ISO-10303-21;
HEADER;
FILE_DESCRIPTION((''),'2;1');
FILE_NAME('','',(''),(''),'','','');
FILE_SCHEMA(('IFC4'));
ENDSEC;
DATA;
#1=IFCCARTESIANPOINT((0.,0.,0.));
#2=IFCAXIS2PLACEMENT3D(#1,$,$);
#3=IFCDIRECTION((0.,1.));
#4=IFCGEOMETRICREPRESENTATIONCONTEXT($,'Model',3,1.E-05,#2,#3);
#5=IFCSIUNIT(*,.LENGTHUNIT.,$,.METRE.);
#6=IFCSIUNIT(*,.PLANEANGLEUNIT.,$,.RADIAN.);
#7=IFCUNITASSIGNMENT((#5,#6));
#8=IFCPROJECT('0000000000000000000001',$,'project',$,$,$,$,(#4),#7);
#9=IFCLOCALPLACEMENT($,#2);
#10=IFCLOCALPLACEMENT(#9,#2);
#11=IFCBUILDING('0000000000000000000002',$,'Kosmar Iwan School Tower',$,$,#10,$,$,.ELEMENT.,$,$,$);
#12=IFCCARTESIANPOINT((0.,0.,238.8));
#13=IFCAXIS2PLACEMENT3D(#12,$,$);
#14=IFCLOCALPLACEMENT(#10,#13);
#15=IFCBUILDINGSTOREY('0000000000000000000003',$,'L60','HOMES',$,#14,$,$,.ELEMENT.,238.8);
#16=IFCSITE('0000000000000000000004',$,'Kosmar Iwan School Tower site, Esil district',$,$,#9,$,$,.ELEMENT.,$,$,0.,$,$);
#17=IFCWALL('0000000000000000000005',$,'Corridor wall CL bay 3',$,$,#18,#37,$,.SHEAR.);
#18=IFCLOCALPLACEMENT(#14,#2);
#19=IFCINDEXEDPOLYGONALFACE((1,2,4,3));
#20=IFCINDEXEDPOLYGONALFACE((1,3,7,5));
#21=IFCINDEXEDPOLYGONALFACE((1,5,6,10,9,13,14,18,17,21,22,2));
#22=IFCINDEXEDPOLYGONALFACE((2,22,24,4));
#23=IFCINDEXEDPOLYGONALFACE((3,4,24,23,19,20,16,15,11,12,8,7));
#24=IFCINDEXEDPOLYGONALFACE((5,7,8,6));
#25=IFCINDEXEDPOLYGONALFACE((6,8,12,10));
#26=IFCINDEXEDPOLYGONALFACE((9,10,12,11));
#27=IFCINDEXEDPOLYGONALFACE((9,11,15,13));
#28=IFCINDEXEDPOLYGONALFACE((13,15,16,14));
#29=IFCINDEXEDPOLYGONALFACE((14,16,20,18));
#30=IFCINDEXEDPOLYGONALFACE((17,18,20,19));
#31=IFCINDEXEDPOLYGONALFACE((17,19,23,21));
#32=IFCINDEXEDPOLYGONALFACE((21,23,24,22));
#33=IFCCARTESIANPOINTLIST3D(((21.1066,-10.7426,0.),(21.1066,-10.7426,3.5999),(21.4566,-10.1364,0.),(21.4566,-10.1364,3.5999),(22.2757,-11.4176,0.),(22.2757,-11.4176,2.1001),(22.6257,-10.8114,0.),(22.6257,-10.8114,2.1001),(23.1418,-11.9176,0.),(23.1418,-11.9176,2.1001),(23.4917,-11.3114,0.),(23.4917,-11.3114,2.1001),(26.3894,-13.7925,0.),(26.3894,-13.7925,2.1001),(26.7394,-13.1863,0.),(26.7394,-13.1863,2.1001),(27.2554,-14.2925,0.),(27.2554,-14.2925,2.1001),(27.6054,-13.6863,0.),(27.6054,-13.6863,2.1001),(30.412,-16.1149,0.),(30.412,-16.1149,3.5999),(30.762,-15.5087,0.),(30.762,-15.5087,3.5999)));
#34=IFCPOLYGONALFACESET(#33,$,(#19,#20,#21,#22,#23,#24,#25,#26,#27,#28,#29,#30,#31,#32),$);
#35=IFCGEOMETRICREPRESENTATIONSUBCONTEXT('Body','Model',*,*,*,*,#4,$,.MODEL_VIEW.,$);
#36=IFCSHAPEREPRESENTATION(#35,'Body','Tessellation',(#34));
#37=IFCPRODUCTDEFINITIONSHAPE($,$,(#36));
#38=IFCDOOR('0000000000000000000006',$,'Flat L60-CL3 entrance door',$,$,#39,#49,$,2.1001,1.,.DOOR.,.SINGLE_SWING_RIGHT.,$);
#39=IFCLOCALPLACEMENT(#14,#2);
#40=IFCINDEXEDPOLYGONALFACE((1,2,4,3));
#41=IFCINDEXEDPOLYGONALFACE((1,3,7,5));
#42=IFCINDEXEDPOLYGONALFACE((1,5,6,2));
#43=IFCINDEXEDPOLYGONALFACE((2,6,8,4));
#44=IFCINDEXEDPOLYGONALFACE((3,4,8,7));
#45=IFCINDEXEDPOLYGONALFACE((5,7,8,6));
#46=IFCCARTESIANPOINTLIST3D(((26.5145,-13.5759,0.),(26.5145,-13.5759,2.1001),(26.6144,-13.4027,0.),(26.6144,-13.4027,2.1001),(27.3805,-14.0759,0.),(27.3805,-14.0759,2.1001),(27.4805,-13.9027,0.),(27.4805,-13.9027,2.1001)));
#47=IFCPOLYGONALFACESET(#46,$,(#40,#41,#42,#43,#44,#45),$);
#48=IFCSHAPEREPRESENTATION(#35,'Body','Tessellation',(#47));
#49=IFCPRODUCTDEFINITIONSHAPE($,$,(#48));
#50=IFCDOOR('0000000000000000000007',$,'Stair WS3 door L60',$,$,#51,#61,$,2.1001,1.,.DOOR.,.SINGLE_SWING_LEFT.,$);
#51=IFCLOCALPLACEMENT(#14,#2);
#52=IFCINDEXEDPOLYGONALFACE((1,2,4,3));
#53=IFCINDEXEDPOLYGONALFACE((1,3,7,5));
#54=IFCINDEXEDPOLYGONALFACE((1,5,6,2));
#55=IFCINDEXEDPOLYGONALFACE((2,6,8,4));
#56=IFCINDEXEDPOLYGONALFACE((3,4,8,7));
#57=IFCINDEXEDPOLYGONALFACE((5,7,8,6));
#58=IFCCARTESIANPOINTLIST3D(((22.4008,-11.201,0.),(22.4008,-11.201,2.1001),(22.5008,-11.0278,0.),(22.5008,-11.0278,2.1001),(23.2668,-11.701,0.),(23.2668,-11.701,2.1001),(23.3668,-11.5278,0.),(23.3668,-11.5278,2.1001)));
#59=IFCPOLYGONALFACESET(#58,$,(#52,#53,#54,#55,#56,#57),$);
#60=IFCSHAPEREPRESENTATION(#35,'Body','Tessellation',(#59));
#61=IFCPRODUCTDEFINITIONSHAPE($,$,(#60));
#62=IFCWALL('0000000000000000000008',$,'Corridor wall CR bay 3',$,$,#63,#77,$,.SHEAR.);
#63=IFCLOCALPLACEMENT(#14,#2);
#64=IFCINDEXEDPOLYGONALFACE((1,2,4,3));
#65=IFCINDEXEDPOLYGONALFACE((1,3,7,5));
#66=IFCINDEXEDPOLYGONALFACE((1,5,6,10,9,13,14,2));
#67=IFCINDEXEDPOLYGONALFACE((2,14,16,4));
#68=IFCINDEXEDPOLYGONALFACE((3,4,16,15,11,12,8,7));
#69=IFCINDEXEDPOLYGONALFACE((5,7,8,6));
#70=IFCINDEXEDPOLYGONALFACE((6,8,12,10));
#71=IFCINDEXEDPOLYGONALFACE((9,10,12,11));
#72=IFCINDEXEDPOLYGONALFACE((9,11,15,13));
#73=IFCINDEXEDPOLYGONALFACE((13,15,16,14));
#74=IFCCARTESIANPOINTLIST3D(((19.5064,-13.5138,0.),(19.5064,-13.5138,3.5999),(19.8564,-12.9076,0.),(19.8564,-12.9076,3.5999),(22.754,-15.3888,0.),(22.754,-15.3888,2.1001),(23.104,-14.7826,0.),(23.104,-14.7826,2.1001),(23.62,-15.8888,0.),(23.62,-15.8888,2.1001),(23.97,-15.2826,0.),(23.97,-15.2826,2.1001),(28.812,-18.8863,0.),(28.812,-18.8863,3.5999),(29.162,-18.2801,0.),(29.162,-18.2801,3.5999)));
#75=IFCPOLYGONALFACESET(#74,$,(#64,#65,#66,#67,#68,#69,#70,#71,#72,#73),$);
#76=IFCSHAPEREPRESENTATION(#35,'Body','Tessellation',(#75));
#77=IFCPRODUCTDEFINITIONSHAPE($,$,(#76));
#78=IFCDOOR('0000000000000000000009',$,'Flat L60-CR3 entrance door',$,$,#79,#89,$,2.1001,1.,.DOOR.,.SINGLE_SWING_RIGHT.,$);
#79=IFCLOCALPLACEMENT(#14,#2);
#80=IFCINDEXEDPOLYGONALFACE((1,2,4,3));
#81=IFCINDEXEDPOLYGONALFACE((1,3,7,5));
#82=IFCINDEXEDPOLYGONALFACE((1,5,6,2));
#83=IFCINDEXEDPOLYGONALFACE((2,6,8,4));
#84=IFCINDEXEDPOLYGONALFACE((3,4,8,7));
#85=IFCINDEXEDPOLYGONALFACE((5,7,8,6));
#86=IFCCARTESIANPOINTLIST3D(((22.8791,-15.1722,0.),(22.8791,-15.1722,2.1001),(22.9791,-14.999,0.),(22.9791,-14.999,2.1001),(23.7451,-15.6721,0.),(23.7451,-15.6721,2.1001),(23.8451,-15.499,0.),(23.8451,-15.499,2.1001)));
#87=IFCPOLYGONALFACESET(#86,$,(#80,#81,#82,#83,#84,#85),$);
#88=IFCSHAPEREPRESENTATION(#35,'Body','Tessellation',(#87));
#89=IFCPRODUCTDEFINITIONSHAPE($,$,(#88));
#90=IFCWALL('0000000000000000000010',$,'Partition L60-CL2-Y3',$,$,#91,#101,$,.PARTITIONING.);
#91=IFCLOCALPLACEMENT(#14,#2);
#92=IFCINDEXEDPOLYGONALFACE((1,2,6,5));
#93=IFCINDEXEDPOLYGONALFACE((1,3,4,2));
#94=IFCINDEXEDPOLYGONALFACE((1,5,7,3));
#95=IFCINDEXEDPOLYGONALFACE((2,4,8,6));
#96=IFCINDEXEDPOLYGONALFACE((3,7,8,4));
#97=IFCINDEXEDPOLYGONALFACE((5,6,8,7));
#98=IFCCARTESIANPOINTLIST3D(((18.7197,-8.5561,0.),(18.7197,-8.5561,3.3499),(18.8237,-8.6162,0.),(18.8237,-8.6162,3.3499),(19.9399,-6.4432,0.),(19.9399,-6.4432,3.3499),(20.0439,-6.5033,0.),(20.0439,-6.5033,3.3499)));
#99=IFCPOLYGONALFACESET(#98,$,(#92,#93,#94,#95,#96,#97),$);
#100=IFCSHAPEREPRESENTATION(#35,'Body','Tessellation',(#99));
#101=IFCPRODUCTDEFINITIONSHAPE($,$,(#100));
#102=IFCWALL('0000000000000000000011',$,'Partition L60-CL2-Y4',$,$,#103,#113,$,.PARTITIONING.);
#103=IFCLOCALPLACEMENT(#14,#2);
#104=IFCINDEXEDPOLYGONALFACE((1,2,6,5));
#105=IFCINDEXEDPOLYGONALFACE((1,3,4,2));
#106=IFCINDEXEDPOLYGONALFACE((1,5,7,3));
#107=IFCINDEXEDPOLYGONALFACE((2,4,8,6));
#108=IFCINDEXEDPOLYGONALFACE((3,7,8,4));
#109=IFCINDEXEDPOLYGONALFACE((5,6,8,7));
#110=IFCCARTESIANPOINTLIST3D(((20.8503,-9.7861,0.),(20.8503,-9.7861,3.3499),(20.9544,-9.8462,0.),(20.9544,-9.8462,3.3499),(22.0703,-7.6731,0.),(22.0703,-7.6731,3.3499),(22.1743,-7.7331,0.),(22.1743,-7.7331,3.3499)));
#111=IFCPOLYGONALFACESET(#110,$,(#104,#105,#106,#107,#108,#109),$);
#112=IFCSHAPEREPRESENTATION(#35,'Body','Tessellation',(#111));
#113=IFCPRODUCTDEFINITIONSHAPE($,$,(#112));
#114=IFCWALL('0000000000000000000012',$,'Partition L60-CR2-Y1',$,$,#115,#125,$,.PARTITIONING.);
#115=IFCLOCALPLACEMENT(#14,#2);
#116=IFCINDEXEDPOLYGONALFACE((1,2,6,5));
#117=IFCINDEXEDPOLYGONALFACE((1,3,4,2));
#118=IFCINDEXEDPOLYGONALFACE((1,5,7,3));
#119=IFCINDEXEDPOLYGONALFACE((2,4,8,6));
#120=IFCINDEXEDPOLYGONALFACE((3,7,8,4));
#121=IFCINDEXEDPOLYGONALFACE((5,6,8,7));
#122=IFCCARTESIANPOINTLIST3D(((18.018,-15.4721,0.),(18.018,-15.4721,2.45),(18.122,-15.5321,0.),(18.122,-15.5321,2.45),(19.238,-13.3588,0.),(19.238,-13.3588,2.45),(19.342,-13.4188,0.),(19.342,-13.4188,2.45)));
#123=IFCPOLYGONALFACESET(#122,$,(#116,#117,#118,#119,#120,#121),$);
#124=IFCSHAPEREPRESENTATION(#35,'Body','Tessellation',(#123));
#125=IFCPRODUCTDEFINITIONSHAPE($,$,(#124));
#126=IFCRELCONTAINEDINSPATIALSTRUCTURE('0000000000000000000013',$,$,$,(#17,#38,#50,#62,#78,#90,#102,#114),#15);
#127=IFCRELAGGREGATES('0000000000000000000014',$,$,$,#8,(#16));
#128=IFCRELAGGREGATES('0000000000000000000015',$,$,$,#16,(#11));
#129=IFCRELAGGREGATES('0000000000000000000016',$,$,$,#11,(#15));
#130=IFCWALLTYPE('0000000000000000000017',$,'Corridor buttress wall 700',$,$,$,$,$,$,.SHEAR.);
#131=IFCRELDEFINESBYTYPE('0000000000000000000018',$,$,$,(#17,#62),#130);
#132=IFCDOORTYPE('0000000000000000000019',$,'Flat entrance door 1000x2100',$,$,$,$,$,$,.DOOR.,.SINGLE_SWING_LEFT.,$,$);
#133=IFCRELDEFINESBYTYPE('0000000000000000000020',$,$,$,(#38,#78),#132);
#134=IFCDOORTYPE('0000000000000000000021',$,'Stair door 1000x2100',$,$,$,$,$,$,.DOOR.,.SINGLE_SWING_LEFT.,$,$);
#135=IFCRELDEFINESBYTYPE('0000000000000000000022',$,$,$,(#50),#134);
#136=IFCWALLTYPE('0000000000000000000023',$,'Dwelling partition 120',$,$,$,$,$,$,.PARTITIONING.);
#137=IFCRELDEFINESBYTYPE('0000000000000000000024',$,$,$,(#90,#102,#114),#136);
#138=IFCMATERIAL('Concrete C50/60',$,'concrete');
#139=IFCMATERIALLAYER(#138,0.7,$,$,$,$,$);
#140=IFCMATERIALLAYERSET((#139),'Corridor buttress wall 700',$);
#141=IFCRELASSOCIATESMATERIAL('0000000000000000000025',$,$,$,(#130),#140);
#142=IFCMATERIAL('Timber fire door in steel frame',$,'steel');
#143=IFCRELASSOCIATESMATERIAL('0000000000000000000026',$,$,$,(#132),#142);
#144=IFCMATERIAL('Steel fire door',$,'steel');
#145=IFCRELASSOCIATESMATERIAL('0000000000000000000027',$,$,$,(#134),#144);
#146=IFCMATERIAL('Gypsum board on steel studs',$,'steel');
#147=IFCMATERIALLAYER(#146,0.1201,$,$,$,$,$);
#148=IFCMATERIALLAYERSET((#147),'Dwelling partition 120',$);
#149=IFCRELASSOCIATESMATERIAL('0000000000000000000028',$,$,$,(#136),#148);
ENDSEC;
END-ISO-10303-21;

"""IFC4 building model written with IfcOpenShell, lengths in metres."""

from ifc_helpers import new_model, si_unit, direction, frame, frame_2d, origin, place, context, subcontext, project, spatial, rectangle, extrude, material, layer, layer_set, type_object, element, fill, save


model = new_model("IFC4")

# Units and contexts
model_context = context("Model", 3, precision=1e-05, world=origin(), true_north=direction((0.0, 1.0)))
body_context = subcontext(model_context, "Body", "Model", "MODEL_VIEW")
ifc_project = project(units=[si_unit("LENGTHUNIT", "METRE"), si_unit("PLANEANGLEUNIT", "RADIAN")], contexts=[model_context])

# Site, building, storey
site_placement = place(None, origin())
site = spatial("IfcSite", under=ifc_project, at=site_placement, Name="Kosmar Iwan School Tower site, Esil district", CompositionType="ELEMENT", RefElevation=0.0)
building_placement = place(site_placement, origin())
building = spatial("IfcBuilding", under=site, at=building_placement, Name="Kosmar Iwan School Tower", CompositionType="ELEMENT")
storey_placement = place(building_placement, frame((0.0, 0.0, 238.8)))
storey = spatial("IfcBuildingStorey", under=building, at=storey_placement, Name="L60", Description="HOMES", CompositionType="ELEMENT", Elevation=238.8)

# Wall, openings, doors
ifc_material_1 = material(Name="Concrete C50/60", Category="concrete")
ifc_layer_1 = layer(ifc_material_1, 0.7)
ifc_layer_set_1 = layer_set([ifc_layer_1], Name="Corridor buttress wall 700")
wall_type_1 = type_object("IfcWallType", Name="Corridor buttress wall 700", PredefinedType="SHEAR", material=ifc_layer_set_1)
wall_1_placement = place(storey_placement, frame((21.2815, -10.4395, 0.0), z_axis=(0.0, 0.0, 1.0), x_axis=(0.866032, -0.499988, 0.0)))
wall_1 = element("IfcWall", 1, at=wall_1_placement, inside=storey, type_object=wall_type_1, Name="Corridor wall CL bay 3", PredefinedType="SHEAR", context=body_context, shape_type="SweptSolid", body=[
    extrude(rectangle(XDim=10.7449, YDim=0.7, at=frame_2d((5.3726, 0.0))), origin(), (0.0, 0.0, 1.0), 3.5999),
])
opening_1_placement = place(wall_1_placement, frame((6.1001, 0.0, 0.0)))
opening_1 = element("IfcOpeningElement", 2, at=opening_1_placement, cuts=wall_1, PredefinedType="OPENING", context=body_context, shape_type="SweptSolid", body=[
    extrude(rectangle(XDim=1.0, YDim=2.1001, at=frame_2d((0.5, 1.05))), frame((0.0, 0.3621, 0.0), z_axis=(0.0, -1.0, 0.0), x_axis=(1.0, 0.0, 0.0)), (0.0, 0.0, 1.0), 0.7239),
])
opening_2_placement = place(wall_1_placement, frame((1.3501, 0.0, 0.0)))
opening_2 = element("IfcOpeningElement", 3, at=opening_2_placement, cuts=wall_1, PredefinedType="OPENING", context=body_context, shape_type="SweptSolid", body=[
    extrude(rectangle(XDim=1.0, YDim=2.1001, at=frame_2d((0.5, 1.05))), frame((0.0, 0.3621, 0.0), z_axis=(0.0, -1.0, 0.0), x_axis=(1.0, 0.0, 0.0)), (0.0, 0.0, 1.0), 0.7239),
])
ifc_material_2 = material(Name="Timber fire door in steel frame", Category="steel")
door_type_1 = type_object("IfcDoorType", Name="Flat entrance door 1000x2100", OperationType="SINGLE_SWING_LEFT", PredefinedType="DOOR", material=ifc_material_2)
door_1_placement = place(opening_1_placement, origin())
door_1 = element("IfcDoor", 4, at=door_1_placement, inside=storey, type_object=door_type_1, Name="Flat L60-CL3 entrance door", OperationType="SINGLE_SWING_RIGHT", OverallHeight=2.1001, OverallWidth=1.0, PredefinedType="DOOR", context=body_context, shape_type="SweptSolid", body=[
    extrude(rectangle(XDim=1.0, YDim=2.1001, at=frame_2d((0.5, 1.05))), frame((0.0, 0.1001, 0.0), z_axis=(0.0, -1.0, 0.0), x_axis=(1.0, 0.0, 0.0)), (0.0, 0.0, 1.0), 0.2),
])
fill(opening_1, door_1)
ifc_material_3 = material(Name="Steel fire door", Category="steel")
door_type_2 = type_object("IfcDoorType", Name="Stair door 1000x2100", OperationType="SINGLE_SWING_LEFT", PredefinedType="DOOR", material=ifc_material_3)
door_2_placement = place(opening_2_placement, origin())
door_2 = element("IfcDoor", 5, at=door_2_placement, inside=storey, type_object=door_type_2, Name="Stair WS3 door L60", OperationType="SINGLE_SWING_LEFT", OverallHeight=2.1001, OverallWidth=1.0, PredefinedType="DOOR", context=body_context, shape_type="SweptSolid", body=[
    extrude(rectangle(XDim=1.0, YDim=2.1001, at=frame_2d((0.5, 1.05))), frame((0.0, 0.1001, 0.0), z_axis=(0.0, -1.0, 0.0), x_axis=(1.0, 0.0, 0.0)), (0.0, 0.0, 1.0), 0.2),
])
fill(opening_2, door_2)

# Wall, opening, door
wall_2_placement = place(storey_placement, frame((19.6814, -13.2107, 0.0), z_axis=(0.0, 0.0, 1.0), x_axis=(0.866028, -0.499995, 0.0)))
wall_2 = element("IfcWall", 6, at=wall_2_placement, inside=storey, type_object=wall_type_1, Name="Corridor wall CR bay 3", PredefinedType="SHEAR", context=body_context, shape_type="SweptSolid", body=[
    extrude(rectangle(XDim=10.7451, YDim=0.7, at=frame_2d((5.3726, 0.0))), origin(), (0.0, 0.0, 1.0), 3.5999),
])
opening_3_placement = place(wall_2_placement, frame((3.75, 0.0, 0.0)))
opening_3 = element("IfcOpeningElement", 7, at=opening_3_placement, cuts=wall_2, PredefinedType="OPENING", context=body_context, shape_type="SweptSolid", body=[
    extrude(rectangle(XDim=1.0, YDim=2.1001, at=frame_2d((0.5, 1.05))), frame((0.0, 0.3621, 0.0), z_axis=(0.0, -1.0, 0.0), x_axis=(1.0, 0.0, 0.0)), (0.0, 0.0, 1.0), 0.7239),
])
door_3_placement = place(opening_3_placement, origin())
door_3 = element("IfcDoor", 8, at=door_3_placement, inside=storey, type_object=door_type_1, Name="Flat L60-CR3 entrance door", OperationType="SINGLE_SWING_RIGHT", OverallHeight=2.1001, OverallWidth=1.0, PredefinedType="DOOR", context=body_context, shape_type="SweptSolid", body=[
    extrude(rectangle(XDim=1.0, YDim=2.1001, at=frame_2d((0.5, 1.05))), frame((0.0, 0.1001, 0.0), z_axis=(0.0, -1.0, 0.0), x_axis=(1.0, 0.0, 0.0)), (0.0, 0.0, 1.0), 0.2),
])
fill(opening_3, door_3)

# Walls
ifc_material_4 = material(Name="Gypsum board on steel studs", Category="steel")
ifc_layer_2 = layer(ifc_material_4, 0.1201)
ifc_layer_set_2 = layer_set([ifc_layer_2], Name="Dwelling partition 120")
wall_type_2 = type_object("IfcWallType", Name="Dwelling partition 120", PredefinedType="PARTITIONING", material=ifc_layer_set_2)
for number, where, z_axis, x_axis, name in (
    (9, (18.7717, -8.5862, 0.0), (0.0, 0.0, 1.0), (0.500078, 0.865981, 0.0), "Partition L60-CL2-Y3"),
    (10, (20.9023, -9.8162, 0.0), (0.0, 0.0, 1.0), (0.500003, 0.866024, 0.0), "Partition L60-CL2-Y4"),
):
    element("IfcWall", number, at=place(storey_placement, frame(where, z_axis=z_axis, x_axis=x_axis)), inside=storey, type_object=wall_type_2, Name=name, PredefinedType="PARTITIONING", context=body_context, shape_type="SweptSolid", body=[
        extrude(rectangle(XDim=2.4399, YDim=0.1201, at=frame_2d((1.22, 0.0))), origin(), (0.0, 0.0, 1.0), 3.3499),
    ])
wall_3_placement = place(storey_placement, frame((19.29, -13.3887, 0.0), z_axis=(0.0, 0.0, 1.0), x_axis=(-0.499959, -0.866049, 0.0)))
element("IfcWall", 11, at=wall_3_placement, inside=storey, type_object=wall_type_2, Name="Partition L60-CR2-Y1", PredefinedType="PARTITIONING", context=body_context, shape_type="SweptSolid", body=[
    extrude(rectangle(XDim=2.4402, YDim=0.1201, at=frame_2d((1.2202, 0.0))), origin(), (0.0, 0.0, 1.0), 2.45),
])

save(model, "model.ifc")
